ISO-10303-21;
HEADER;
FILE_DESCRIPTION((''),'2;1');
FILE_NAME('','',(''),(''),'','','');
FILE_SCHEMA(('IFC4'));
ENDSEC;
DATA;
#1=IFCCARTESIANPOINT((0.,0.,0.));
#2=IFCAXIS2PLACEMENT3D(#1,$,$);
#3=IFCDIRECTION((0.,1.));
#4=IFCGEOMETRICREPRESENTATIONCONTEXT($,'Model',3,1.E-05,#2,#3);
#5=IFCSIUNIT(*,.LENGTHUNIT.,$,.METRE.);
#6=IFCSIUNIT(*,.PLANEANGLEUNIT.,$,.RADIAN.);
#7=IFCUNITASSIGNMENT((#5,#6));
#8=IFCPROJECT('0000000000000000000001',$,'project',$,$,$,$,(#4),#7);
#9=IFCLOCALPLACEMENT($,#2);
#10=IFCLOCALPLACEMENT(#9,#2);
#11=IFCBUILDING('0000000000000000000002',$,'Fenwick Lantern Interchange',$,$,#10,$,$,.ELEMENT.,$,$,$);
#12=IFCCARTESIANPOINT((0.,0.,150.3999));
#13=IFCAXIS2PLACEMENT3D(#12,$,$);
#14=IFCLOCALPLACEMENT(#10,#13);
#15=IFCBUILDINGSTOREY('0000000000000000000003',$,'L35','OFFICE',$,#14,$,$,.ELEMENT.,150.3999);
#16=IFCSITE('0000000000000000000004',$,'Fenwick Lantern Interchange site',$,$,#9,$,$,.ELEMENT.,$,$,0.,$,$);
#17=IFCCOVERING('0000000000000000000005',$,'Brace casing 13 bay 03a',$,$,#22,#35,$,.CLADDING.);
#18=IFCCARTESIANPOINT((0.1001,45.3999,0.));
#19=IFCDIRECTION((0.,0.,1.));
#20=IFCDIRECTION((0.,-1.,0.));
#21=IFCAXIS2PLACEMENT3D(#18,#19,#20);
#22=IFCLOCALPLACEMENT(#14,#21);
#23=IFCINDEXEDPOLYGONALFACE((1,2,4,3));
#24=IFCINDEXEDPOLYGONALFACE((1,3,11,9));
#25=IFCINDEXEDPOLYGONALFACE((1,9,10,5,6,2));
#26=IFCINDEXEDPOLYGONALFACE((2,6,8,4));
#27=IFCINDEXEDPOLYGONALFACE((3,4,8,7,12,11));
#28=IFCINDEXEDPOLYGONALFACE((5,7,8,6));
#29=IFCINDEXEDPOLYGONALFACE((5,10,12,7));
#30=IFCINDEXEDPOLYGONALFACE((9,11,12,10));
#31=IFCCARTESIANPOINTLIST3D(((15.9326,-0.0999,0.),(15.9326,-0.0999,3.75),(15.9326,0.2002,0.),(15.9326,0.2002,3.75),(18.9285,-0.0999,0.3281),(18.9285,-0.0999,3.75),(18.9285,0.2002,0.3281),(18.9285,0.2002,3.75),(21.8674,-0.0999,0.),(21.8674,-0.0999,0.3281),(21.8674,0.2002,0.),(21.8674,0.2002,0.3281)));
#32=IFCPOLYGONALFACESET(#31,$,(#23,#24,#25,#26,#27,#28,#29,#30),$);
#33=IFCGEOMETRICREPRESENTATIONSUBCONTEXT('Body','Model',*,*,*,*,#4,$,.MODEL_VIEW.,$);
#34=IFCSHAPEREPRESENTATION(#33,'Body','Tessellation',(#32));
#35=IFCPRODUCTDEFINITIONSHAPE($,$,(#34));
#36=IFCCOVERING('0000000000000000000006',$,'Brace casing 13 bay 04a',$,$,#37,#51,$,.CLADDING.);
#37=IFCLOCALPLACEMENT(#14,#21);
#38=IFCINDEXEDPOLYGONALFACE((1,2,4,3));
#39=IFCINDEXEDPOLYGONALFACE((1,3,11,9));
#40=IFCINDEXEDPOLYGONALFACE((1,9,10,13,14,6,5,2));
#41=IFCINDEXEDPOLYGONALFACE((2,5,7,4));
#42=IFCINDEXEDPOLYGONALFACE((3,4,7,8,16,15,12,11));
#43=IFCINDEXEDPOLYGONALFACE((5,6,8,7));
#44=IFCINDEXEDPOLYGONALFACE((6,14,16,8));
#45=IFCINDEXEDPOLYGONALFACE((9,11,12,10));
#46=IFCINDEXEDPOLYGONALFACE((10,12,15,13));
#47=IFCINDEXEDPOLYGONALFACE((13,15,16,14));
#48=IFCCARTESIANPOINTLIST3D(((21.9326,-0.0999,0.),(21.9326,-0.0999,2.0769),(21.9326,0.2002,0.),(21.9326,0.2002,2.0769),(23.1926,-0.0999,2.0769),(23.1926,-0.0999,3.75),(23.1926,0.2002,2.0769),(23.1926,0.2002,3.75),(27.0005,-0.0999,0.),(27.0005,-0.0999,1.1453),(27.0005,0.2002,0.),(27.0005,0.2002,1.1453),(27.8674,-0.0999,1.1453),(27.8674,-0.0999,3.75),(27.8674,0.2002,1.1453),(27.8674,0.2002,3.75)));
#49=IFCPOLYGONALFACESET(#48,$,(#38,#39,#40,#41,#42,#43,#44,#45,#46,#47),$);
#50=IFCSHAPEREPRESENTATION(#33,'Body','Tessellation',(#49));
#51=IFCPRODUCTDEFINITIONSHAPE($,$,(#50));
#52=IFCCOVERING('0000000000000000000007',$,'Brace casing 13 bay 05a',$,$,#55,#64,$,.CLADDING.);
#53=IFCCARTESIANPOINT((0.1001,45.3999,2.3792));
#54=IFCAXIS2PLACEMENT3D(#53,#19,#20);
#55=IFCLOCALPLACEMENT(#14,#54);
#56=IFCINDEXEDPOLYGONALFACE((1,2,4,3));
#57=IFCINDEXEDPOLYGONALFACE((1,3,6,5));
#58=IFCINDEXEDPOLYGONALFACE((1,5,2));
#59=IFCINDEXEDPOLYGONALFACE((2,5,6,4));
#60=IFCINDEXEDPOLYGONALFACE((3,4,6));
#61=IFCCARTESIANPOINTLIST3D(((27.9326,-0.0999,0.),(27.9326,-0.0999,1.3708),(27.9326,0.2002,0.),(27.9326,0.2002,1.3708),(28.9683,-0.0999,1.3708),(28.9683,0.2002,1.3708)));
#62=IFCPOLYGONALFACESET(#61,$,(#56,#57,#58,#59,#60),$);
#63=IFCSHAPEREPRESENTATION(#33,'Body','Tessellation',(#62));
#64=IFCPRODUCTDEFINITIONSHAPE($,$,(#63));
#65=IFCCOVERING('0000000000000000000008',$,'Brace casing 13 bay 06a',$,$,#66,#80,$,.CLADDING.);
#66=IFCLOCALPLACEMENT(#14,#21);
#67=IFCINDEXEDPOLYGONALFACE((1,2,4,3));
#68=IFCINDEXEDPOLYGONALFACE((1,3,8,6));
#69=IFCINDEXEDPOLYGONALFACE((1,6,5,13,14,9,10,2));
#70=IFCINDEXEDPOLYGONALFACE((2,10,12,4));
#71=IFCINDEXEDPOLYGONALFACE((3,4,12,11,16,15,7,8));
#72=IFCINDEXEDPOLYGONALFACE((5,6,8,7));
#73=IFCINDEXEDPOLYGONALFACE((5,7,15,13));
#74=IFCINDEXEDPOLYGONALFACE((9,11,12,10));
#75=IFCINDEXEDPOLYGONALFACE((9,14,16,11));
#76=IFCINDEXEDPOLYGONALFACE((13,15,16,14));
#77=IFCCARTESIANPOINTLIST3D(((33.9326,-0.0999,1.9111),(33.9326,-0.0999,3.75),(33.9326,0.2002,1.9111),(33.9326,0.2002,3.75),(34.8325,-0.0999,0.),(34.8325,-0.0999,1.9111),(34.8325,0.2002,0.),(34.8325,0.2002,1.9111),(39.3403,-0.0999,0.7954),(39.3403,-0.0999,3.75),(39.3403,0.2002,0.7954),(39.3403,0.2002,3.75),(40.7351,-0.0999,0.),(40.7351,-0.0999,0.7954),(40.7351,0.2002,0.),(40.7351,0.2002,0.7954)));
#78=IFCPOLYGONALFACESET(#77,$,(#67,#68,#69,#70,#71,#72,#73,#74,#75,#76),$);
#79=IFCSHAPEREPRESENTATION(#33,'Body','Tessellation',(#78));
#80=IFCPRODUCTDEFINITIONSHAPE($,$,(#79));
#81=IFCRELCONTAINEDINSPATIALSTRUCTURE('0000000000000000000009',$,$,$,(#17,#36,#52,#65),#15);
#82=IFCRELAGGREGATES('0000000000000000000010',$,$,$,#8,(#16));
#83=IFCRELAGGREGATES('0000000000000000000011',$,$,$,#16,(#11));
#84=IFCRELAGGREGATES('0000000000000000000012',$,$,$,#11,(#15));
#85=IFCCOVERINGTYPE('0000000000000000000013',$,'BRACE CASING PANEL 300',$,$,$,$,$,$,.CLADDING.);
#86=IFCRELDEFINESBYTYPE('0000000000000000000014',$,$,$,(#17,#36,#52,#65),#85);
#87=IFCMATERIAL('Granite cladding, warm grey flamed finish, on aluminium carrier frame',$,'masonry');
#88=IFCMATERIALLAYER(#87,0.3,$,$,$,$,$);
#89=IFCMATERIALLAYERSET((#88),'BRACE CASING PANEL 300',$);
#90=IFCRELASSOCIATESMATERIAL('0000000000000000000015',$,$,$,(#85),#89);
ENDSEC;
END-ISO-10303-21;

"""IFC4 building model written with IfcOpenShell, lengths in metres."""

from ifc_helpers import new_model, si_unit, direction, frame, origin, place, context, subcontext, project, spatial, polyline, outline, extrude, material, layer, layer_set, type_object, element, save


model = new_model("IFC4")

# Units and contexts
model_context = context("Model", 3, precision=1e-05, world=origin(), true_north=direction((0.0, 1.0)))
body_context = subcontext(model_context, "Body", "Model", "MODEL_VIEW")
ifc_project = project(units=[si_unit("LENGTHUNIT", "METRE"), si_unit("PLANEANGLEUNIT", "RADIAN")], contexts=[model_context])

# Site, building, storey
site_placement = place(None, origin())
site = spatial("IfcSite", under=ifc_project, at=site_placement, Name="Fenwick Lantern Interchange site", CompositionType="ELEMENT", RefElevation=0.0)
building_placement = place(site_placement, origin())
building = spatial("IfcBuilding", under=site, at=building_placement, Name="Fenwick Lantern Interchange", CompositionType="ELEMENT")
storey_placement = place(building_placement, frame((0.0, 0.0, 150.3999)))
storey = spatial("IfcBuildingStorey", under=building, at=storey_placement, Name="L35", Description="OFFICE", CompositionType="ELEMENT", Elevation=150.3999)

# Coverings
ifc_material_1 = material(Name="Granite cladding, warm grey flamed finish, on aluminium carrier frame", Category="masonry")
ifc_layer_1 = layer(ifc_material_1, 0.3)
ifc_layer_set_1 = layer_set([ifc_layer_1], Name="BRACE CASING PANEL 300")
covering_type = type_object("IfcCoveringType", Name="BRACE CASING PANEL 300", PredefinedType="CLADDING", material=ifc_layer_set_1)
covering_1_placement = place(storey_placement, frame((0.1001, 45.3999, 0.0), z_axis=(0.0, 0.0, 1.0), x_axis=(0.0, -1.0, 0.0)))
element("IfcCovering", 1, at=covering_1_placement, inside=storey, type_object=covering_type, Name="Brace casing 13 bay 03a", PredefinedType="CLADDING", context=body_context, shape_type="SweptSolid", body=[
    extrude(outline(polyline([(15.9326, 0.0), (21.8674, 0.0), (21.8674, 0.3281), (18.9285, 0.3281), (18.9285, 3.75), (15.9326, 3.75), (15.9326, 0.0)])), frame((0.0, 0.2002, 0.0), z_axis=(0.0, -1.0, 0.0), x_axis=(1.0, 0.0, 0.0)), (0.0, 0.0, 1.0), 0.3),
])
covering_2_placement = place(storey_placement, frame((0.1001, 45.3999, 0.0), z_axis=(0.0, 0.0, 1.0), x_axis=(0.0, -1.0, 0.0)))
element("IfcCovering", 2, at=covering_2_placement, inside=storey, type_object=covering_type, Name="Brace casing 13 bay 04a", PredefinedType="CLADDING", context=body_context, shape_type="SweptSolid", body=[
    extrude(outline(polyline([(21.9326, 0.0), (27.0005, 0.0), (27.0005, 1.1453), (27.8674, 1.1453), (27.8674, 3.75), (23.1926, 3.75), (23.1926, 2.0769), (21.9326, 2.0769), (21.9326, 0.0)])), frame((0.0, 0.2002, 0.0), z_axis=(0.0, -1.0, 0.0), x_axis=(1.0, 0.0, 0.0)), (0.0, 0.0, 1.0), 0.3),
])
covering_3_placement = place(storey_placement, frame((0.1001, 45.3999, 2.3792), z_axis=(0.0, 0.0, 1.0), x_axis=(0.0, -1.0, 0.0)))
element("IfcCovering", 3, at=covering_3_placement, inside=storey, type_object=covering_type, Name="Brace casing 13 bay 05a", PredefinedType="CLADDING", context=body_context, shape_type="SweptSolid", body=[
    extrude(outline(polyline([(27.9326, 0.0), (28.9683, 1.3708), (27.9326, 1.3708), (27.9326, 0.0)])), frame((0.0, 0.2002, 0.0), z_axis=(0.0, -1.0, 0.0), x_axis=(1.0, 0.0, 0.0)), (0.0, 0.0, 1.0), 0.3),
])
covering_4_placement = place(storey_placement, frame((0.1001, 45.3999, 0.0), z_axis=(0.0, 0.0, 1.0), x_axis=(0.0, -1.0, 0.0)))
element("IfcCovering", 4, at=covering_4_placement, inside=storey, type_object=covering_type, Name="Brace casing 13 bay 06a", PredefinedType="CLADDING", context=body_context, shape_type="SweptSolid", body=[
    extrude(outline(polyline([(34.8325, 0.0), (40.7351, 0.0), (40.7351, 0.7954), (39.3403, 0.7954), (39.3403, 3.75), (33.9326, 3.75), (33.9326, 1.9111), (34.8325, 1.9111), (34.8325, 0.0)])), frame((0.0, 0.2002, 0.0), z_axis=(0.0, -1.0, 0.0), x_axis=(1.0, 0.0, 0.0)), (0.0, 0.0, 1.0), 0.3),
])

save(model, "model.ifc")
